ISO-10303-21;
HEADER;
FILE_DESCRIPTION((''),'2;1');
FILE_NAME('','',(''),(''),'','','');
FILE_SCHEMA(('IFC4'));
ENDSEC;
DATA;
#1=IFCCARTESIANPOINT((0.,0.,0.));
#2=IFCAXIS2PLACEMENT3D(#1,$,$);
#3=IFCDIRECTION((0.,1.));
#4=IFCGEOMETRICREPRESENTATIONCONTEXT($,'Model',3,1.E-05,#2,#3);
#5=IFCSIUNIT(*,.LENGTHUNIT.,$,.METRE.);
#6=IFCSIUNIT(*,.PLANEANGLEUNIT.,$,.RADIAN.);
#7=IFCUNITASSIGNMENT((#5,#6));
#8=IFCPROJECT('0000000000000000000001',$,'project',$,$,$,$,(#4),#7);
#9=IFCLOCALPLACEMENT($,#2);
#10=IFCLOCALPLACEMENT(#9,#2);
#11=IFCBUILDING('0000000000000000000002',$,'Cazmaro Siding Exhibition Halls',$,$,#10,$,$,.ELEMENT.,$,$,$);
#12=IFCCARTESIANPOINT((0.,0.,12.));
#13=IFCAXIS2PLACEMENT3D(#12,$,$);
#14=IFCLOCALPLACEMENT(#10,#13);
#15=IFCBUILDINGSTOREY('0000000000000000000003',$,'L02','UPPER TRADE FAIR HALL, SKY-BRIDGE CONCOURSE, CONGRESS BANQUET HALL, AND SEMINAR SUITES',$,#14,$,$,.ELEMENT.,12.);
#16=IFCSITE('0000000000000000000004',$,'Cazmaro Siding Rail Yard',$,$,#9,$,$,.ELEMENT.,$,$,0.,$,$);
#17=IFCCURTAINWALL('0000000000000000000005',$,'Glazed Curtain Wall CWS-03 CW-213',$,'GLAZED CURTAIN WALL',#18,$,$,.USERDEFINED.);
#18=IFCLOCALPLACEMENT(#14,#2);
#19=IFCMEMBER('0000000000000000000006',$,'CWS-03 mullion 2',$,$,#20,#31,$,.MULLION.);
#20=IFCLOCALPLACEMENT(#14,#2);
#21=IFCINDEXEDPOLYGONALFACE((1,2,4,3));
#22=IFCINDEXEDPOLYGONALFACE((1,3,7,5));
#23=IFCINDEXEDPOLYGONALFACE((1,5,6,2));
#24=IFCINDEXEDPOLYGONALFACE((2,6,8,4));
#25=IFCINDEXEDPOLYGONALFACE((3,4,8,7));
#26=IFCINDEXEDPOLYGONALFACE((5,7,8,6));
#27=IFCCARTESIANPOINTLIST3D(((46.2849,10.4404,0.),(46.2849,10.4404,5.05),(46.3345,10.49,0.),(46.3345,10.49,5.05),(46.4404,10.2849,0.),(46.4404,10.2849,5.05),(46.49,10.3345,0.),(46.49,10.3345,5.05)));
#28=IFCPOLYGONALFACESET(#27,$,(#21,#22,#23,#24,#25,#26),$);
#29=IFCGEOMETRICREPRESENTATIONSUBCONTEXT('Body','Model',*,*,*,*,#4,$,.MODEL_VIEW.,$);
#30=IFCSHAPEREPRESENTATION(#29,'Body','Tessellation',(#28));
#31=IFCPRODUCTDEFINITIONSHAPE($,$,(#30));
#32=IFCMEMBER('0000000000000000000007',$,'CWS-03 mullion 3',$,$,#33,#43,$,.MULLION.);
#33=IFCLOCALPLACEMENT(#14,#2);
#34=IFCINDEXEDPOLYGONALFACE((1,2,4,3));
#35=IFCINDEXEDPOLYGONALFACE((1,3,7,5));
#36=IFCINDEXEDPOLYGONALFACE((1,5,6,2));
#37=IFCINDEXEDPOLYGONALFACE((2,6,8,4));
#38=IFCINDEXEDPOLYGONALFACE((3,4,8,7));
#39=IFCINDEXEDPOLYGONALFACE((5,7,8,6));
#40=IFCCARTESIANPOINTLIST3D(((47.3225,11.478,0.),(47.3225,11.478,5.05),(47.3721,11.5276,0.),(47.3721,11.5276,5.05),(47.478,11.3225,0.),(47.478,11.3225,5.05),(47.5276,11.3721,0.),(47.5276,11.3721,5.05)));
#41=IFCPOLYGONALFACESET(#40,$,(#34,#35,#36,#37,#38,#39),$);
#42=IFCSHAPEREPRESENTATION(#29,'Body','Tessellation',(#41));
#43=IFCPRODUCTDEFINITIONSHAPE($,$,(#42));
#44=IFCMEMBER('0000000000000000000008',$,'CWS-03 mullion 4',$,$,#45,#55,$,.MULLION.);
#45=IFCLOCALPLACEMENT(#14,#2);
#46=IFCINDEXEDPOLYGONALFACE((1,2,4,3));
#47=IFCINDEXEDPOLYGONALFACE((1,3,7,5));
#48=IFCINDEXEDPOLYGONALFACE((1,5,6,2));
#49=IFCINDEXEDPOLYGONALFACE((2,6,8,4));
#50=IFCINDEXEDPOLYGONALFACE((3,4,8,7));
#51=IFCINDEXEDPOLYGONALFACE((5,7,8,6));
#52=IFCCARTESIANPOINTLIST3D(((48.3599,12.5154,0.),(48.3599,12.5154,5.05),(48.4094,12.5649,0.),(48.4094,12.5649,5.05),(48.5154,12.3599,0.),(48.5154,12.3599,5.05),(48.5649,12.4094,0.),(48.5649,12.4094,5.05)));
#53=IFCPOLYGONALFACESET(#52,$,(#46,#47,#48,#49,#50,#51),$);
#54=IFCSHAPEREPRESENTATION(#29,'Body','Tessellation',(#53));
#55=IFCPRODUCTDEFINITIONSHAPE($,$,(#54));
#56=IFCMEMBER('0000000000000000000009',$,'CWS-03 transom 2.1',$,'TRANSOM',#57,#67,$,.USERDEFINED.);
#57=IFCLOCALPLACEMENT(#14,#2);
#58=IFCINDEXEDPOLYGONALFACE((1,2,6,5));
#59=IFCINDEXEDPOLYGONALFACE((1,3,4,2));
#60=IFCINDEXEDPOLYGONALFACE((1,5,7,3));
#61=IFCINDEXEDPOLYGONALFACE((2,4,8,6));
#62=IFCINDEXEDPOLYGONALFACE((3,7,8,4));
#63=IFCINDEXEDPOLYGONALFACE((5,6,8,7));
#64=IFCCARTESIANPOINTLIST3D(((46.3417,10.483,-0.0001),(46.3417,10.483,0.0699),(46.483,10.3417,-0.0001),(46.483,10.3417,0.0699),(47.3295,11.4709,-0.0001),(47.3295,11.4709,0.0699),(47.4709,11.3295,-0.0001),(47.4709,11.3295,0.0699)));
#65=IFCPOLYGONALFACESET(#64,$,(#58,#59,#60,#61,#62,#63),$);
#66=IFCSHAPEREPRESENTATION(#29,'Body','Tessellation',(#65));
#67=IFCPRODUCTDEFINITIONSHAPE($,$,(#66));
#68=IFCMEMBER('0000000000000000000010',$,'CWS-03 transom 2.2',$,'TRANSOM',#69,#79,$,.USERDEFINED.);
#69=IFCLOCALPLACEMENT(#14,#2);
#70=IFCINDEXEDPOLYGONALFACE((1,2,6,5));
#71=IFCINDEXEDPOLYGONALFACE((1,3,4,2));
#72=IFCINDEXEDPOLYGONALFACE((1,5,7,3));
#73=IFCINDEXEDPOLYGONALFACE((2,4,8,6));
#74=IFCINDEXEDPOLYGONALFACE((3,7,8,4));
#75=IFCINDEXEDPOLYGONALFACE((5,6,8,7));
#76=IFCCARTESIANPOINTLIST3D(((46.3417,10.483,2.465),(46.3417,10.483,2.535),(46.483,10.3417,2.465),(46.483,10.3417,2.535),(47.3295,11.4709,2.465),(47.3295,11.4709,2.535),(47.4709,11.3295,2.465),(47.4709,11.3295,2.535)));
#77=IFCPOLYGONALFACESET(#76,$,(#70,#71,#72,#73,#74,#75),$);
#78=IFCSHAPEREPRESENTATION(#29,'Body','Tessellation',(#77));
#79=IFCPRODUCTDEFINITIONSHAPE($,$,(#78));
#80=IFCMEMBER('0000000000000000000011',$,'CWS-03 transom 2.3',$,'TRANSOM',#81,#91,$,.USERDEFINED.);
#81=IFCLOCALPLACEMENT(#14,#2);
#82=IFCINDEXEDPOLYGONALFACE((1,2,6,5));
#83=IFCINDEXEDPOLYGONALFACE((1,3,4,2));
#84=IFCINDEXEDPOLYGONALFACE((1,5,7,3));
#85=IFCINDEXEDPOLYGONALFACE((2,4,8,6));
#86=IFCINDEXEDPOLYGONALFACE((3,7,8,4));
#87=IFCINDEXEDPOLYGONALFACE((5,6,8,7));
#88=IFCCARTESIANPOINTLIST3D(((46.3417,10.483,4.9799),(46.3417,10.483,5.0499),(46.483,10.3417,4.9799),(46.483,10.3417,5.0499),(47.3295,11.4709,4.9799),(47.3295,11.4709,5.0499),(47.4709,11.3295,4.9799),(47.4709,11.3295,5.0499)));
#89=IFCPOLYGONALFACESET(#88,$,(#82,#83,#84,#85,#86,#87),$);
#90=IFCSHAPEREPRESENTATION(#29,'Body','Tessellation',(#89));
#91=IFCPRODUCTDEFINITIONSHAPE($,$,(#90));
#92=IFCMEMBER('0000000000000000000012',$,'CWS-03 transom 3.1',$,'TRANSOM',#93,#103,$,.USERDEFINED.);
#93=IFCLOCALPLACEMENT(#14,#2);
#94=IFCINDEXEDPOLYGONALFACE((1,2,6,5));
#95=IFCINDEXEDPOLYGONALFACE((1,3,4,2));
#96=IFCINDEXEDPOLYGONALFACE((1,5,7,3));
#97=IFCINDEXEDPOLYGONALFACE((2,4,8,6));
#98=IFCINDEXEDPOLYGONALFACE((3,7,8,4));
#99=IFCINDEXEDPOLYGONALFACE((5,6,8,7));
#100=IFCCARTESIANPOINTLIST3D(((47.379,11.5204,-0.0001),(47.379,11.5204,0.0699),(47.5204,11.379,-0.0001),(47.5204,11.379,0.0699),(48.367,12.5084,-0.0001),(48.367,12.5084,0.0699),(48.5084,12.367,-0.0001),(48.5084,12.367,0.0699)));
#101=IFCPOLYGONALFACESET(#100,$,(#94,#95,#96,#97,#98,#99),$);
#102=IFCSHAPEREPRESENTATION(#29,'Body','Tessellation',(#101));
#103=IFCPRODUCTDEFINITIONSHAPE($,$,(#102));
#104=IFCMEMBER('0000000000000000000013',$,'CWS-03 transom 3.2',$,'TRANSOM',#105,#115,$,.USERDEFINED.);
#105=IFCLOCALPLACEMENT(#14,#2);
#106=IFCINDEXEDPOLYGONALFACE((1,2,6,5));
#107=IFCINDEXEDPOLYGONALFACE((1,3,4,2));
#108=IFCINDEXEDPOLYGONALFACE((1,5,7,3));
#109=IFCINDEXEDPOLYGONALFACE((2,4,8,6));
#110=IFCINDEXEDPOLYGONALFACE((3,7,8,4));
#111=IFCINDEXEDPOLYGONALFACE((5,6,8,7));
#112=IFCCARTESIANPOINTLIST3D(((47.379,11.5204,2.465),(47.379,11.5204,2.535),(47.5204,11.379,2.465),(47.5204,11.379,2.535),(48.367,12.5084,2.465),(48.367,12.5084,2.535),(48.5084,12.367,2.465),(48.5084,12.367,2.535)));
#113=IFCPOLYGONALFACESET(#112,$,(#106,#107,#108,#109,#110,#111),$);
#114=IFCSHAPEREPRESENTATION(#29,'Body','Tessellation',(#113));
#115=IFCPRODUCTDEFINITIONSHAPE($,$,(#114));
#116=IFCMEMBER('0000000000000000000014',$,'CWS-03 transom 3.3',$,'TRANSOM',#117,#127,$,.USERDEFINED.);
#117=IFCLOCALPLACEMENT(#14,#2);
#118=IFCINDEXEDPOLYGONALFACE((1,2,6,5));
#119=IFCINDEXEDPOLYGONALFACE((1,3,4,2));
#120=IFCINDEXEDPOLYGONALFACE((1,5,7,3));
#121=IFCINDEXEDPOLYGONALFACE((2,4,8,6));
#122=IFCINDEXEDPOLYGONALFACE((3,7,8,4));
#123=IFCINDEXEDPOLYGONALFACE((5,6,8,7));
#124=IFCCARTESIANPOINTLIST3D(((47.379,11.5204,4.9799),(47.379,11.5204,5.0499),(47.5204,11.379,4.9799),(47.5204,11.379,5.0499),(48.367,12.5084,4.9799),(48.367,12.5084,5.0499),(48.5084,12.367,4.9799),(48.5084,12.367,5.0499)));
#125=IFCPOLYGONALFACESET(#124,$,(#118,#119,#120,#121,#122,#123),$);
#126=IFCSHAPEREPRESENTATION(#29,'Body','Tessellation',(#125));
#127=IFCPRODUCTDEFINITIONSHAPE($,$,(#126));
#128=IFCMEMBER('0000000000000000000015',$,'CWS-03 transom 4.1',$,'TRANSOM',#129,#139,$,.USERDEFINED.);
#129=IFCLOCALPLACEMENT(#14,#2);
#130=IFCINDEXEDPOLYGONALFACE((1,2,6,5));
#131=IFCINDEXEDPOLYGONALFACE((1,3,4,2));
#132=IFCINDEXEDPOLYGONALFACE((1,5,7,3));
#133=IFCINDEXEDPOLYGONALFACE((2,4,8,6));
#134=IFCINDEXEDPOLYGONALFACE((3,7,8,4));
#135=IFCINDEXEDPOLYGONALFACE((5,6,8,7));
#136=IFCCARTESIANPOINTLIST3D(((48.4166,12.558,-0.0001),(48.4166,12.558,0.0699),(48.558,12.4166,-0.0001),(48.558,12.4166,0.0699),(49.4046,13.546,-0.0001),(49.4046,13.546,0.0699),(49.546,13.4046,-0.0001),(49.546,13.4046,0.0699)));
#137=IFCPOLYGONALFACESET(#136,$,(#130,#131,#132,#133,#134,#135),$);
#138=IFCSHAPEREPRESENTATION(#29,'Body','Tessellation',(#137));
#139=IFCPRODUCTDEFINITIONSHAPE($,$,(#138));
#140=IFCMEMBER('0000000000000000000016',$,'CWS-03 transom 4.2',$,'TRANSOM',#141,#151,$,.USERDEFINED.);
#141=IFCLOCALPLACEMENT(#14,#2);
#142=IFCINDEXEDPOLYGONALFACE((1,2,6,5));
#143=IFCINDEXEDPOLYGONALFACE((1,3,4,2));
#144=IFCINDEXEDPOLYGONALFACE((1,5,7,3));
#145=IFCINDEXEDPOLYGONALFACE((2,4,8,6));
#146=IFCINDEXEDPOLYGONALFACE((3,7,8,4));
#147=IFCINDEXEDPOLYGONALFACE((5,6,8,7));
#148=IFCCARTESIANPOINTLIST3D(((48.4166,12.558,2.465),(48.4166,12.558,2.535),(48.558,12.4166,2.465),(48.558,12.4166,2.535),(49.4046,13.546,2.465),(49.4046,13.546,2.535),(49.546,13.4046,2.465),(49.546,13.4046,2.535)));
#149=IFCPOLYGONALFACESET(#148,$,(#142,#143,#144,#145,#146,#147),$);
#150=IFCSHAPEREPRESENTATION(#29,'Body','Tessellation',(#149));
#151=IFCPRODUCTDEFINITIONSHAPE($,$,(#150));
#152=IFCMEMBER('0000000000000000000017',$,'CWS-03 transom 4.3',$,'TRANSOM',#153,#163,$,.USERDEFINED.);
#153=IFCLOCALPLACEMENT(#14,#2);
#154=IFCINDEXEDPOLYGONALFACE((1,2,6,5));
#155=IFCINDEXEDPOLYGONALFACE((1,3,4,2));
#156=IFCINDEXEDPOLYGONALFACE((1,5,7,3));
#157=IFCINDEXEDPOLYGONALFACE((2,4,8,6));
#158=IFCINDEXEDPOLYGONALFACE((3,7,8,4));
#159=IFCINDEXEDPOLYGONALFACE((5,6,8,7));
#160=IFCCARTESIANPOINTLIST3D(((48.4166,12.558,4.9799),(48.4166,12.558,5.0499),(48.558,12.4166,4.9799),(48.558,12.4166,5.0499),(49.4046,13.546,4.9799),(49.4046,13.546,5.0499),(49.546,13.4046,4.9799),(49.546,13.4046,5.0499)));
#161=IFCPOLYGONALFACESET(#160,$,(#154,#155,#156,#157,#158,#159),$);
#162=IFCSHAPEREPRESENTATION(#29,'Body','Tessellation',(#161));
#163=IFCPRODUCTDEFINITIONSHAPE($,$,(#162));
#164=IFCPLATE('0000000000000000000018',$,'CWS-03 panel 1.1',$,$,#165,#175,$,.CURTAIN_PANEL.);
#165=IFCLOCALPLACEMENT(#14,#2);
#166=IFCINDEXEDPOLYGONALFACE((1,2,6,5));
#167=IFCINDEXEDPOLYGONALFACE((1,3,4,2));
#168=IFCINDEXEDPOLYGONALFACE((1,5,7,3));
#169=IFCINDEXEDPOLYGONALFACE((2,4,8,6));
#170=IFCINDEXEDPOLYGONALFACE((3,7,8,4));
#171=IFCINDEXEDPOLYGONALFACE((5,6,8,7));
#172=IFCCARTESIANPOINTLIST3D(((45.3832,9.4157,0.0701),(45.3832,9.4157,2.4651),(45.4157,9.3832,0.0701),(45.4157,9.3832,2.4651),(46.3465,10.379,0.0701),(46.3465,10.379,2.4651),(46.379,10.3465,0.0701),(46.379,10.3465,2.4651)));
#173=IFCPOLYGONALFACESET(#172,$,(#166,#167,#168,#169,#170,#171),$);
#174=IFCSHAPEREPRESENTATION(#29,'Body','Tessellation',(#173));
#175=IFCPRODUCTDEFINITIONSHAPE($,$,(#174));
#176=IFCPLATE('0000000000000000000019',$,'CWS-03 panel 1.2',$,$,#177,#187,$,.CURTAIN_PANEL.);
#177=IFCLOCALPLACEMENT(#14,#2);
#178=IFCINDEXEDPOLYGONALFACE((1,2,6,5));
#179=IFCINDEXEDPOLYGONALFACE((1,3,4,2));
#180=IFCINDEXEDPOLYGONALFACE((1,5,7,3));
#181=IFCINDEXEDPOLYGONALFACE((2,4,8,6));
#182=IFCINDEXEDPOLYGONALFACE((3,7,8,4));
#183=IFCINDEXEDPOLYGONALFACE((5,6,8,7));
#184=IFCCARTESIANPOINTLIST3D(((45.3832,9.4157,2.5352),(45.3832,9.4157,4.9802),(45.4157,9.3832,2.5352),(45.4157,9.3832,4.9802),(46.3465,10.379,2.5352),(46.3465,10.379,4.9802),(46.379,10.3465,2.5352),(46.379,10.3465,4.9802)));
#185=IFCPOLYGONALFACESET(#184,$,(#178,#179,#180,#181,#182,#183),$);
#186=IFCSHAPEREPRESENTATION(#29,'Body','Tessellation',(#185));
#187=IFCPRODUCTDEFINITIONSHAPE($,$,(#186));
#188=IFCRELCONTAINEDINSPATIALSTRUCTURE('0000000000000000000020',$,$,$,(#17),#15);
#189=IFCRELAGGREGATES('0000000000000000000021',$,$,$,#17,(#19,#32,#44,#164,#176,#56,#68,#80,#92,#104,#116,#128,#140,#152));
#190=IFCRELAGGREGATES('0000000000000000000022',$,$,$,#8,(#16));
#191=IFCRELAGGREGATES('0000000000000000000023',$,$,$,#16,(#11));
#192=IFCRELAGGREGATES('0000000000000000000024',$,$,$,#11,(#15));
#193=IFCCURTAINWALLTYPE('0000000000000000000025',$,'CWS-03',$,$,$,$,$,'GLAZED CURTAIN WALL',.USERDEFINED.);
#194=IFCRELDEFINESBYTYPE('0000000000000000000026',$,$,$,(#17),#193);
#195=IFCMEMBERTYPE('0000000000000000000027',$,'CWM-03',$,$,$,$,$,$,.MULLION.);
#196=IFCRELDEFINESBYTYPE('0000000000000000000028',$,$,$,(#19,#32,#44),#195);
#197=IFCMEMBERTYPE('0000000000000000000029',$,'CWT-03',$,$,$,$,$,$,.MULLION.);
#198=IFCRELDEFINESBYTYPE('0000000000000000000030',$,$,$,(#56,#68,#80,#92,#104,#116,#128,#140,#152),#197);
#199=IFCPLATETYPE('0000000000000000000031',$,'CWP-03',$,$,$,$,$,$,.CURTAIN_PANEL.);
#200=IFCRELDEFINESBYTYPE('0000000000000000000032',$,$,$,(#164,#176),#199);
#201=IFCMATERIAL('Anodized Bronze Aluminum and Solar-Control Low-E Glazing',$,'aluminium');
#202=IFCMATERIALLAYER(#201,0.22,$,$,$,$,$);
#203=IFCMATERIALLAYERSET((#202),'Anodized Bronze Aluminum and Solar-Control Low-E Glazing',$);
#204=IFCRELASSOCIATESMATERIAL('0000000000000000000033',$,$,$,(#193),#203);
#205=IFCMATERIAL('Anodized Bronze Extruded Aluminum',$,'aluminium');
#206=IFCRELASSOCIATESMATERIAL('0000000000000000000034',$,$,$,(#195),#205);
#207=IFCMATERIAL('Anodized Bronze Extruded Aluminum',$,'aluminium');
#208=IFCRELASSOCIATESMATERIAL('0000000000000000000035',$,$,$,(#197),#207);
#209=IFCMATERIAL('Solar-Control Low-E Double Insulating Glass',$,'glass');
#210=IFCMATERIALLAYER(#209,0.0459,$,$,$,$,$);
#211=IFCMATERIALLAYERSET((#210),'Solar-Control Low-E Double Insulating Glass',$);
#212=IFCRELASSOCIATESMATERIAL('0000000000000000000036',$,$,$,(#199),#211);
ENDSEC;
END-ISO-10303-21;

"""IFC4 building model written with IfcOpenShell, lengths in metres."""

from ifc_helpers import new_model, si_unit, direction, frame, origin, origin_2d, place, context, subcontext, project, spatial, rectangle, extrude, material, layer, layer_set, material_profile, profile_set, type_object, element, aggregate, save


model = new_model("IFC4")

# Units and contexts
model_context = context("Model", 3, precision=1e-05, world=origin(), true_north=direction((0.0, 1.0)))
body_context = subcontext(model_context, "Body", "Model", "MODEL_VIEW")
ifc_project = project(units=[si_unit("LENGTHUNIT", "METRE"), si_unit("PLANEANGLEUNIT", "RADIAN")], contexts=[model_context])

# Site, building, storey
site_placement = place(None, origin())
site = spatial("IfcSite", under=ifc_project, at=site_placement, Name="Cazmaro Siding Rail Yard", CompositionType="ELEMENT", RefElevation=0.0)
building_placement = place(site_placement, origin())
building = spatial("IfcBuilding", under=site, at=building_placement, Name="Cazmaro Siding Exhibition Halls", CompositionType="ELEMENT")
storey_placement = place(building_placement, frame((0.0, 0.0, 12.0)))
storey = spatial("IfcBuildingStorey", under=building, at=storey_placement, Name="L02", Description="UPPER TRADE FAIR HALL, SKY-BRIDGE CONCOURSE, CONGRESS BANQUET HALL, AND SEMINAR SUITES", CompositionType="ELEMENT", Elevation=12.0)

# Curtain wall, members, plates
ifc_material_1 = material(Name="Anodized Bronze Aluminum and Solar-Control Low-E Glazing", Category="aluminium")
ifc_layer_1 = layer(ifc_material_1, 0.22)
ifc_layer_set_1 = layer_set([ifc_layer_1], Name="Anodized Bronze Aluminum and Solar-Control Low-E Glazing")
curtain_wall_type = type_object("IfcCurtainWallType", Name="CWS-03", ElementType="GLAZED CURTAIN WALL", PredefinedType="USERDEFINED", material=ifc_layer_set_1)
curtain_wall_placement = place(storey_placement, origin())
curtain_wall = element("IfcCurtainWall", 1, at=curtain_wall_placement, inside=storey, type_object=curtain_wall_type, Name="Glazed Curtain Wall CWS-03 CW-213", ObjectType="GLAZED CURTAIN WALL", PredefinedType="USERDEFINED")
ifc_material_2 = material(Name="Anodized Bronze Extruded Aluminum", Category="aluminium")
ifc_material_profile_1 = material_profile(ifc_material_2, rectangle(XDim=0.22, YDim=0.0701, at=origin_2d()), Name="CWM-03")
ifc_profile_set_1 = profile_set([ifc_material_profile_1], Name="Anodized Bronze Extruded Aluminum")
member_type_1 = type_object("IfcMemberType", Name="CWM-03", PredefinedType="MULLION", material=ifc_profile_set_1)
member_1_placement = place(storey_placement, frame((46.3875, 10.3875, 0.0), z_axis=(0.0, 0.0, 1.0), x_axis=(-0.707107, 0.707107, 0.0)))
member_1 = element("IfcMember", 2, at=member_1_placement, type_object=member_type_1, Name="CWS-03 mullion 2", PredefinedType="MULLION", context=body_context, shape_type="SweptSolid", body=[
    extrude(rectangle(XDim=0.22, YDim=0.0701, at=origin_2d()), origin(), (0.0, 0.0, 1.0), 5.05),
])
member_2_placement = place(storey_placement, frame((47.425, 11.425, 0.0), z_axis=(0.0, 0.0, 1.0), x_axis=(-0.707107, 0.707107, 0.0)))
member_2 = element("IfcMember", 3, at=member_2_placement, type_object=member_type_1, Name="CWS-03 mullion 3", PredefinedType="MULLION", context=body_context, shape_type="SweptSolid", body=[
    extrude(rectangle(XDim=0.22, YDim=0.0701, at=origin_2d()), origin(), (0.0, 0.0, 1.0), 5.05),
])
member_3_placement = place(storey_placement, frame((48.4624, 12.4624, 0.0), z_axis=(0.0, 0.0, 1.0), x_axis=(-0.707107, 0.707107, 0.0)))
member_3 = element("IfcMember", 4, at=member_3_placement, type_object=member_type_1, Name="CWS-03 mullion 4", PredefinedType="MULLION", context=body_context, shape_type="SweptSolid", body=[
    extrude(rectangle(XDim=0.22, YDim=0.0701, at=origin_2d()), origin(), (0.0, 0.0, 1.0), 5.05),
])
ifc_material_3 = material(Name="Anodized Bronze Extruded Aluminum", Category="aluminium")
ifc_material_profile_2 = material_profile(ifc_material_3, rectangle(XDim=0.2, YDim=0.0701, at=origin_2d()), Name="CWT-03")
ifc_profile_set_2 = profile_set([ifc_material_profile_2], Name="Anodized Bronze Extruded Aluminum")
member_type_2 = type_object("IfcMemberType", Name="CWT-03", PredefinedType="MULLION", material=ifc_profile_set_2)
member_4_placement = place(storey_placement, frame((46.4124, 10.4124, 0.0349), z_axis=(0.707107, 0.707107, 0.0), x_axis=(-0.707107, 0.707107, 0.0)))
member_4 = element("IfcMember", 5, at=member_4_placement, type_object=member_type_2, Name="CWS-03 transom 2.1", ObjectType="TRANSOM", PredefinedType="USERDEFINED", context=body_context, shape_type="SweptSolid", body=[
    extrude(rectangle(XDim=0.2, YDim=0.0701, at=origin_2d()), origin(), (0.0, 0.0, 1.0), 1.397),
])
member_5_placement = place(storey_placement, frame((46.4124, 10.4124, 2.5), z_axis=(0.707107, 0.707107, 0.0), x_axis=(-0.707107, 0.707107, 0.0)))
member_5 = element("IfcMember", 6, at=member_5_placement, type_object=member_type_2, Name="CWS-03 transom 2.2", ObjectType="TRANSOM", PredefinedType="USERDEFINED", context=body_context, shape_type="SweptSolid", body=[
    extrude(rectangle(XDim=0.2, YDim=0.0701, at=origin_2d()), origin(), (0.0, 0.0, 1.0), 1.397),
])
member_6_placement = place(storey_placement, frame((46.4124, 10.4124, 5.0149), z_axis=(0.707107, 0.707107, 0.0), x_axis=(-0.707107, 0.707107, 0.0)))
member_6 = element("IfcMember", 7, at=member_6_placement, type_object=member_type_2, Name="CWS-03 transom 2.3", ObjectType="TRANSOM", PredefinedType="USERDEFINED", context=body_context, shape_type="SweptSolid", body=[
    extrude(rectangle(XDim=0.2, YDim=0.0701, at=origin_2d()), origin(), (0.0, 0.0, 1.0), 1.397),
])
member_7_placement = place(storey_placement, frame((47.4497, 11.4497, 0.0349), z_axis=(0.707107, 0.707107, 0.0), x_axis=(-0.707107, 0.707107, 0.0)))
member_7 = element("IfcMember", 8, at=member_7_placement, type_object=member_type_2, Name="CWS-03 transom 3.1", ObjectType="TRANSOM", PredefinedType="USERDEFINED", context=body_context, shape_type="SweptSolid", body=[
    extrude(rectangle(XDim=0.2, YDim=0.0701, at=origin_2d()), origin(), (0.0, 0.0, 1.0), 1.3972),
])
member_8_placement = place(storey_placement, frame((47.4497, 11.4497, 2.5), z_axis=(0.707107, 0.707107, 0.0), x_axis=(-0.707107, 0.707107, 0.0)))
member_8 = element("IfcMember", 9, at=member_8_placement, type_object=member_type_2, Name="CWS-03 transom 3.2", ObjectType="TRANSOM", PredefinedType="USERDEFINED", context=body_context, shape_type="SweptSolid", body=[
    extrude(rectangle(XDim=0.2, YDim=0.0701, at=origin_2d()), origin(), (0.0, 0.0, 1.0), 1.3972),
])
member_9_placement = place(storey_placement, frame((47.4497, 11.4497, 5.0149), z_axis=(0.707107, 0.707107, 0.0), x_axis=(-0.707107, 0.707107, 0.0)))
member_9 = element("IfcMember", 10, at=member_9_placement, type_object=member_type_2, Name="CWS-03 transom 3.3", ObjectType="TRANSOM", PredefinedType="USERDEFINED", context=body_context, shape_type="SweptSolid", body=[
    extrude(rectangle(XDim=0.2, YDim=0.0701, at=origin_2d()), origin(), (0.0, 0.0, 1.0), 1.3972),
])
member_10_placement = place(storey_placement, frame((48.4873, 12.4873, 0.0349), z_axis=(0.707107, 0.707107, 0.0), x_axis=(-0.707107, 0.707107, 0.0)))
member_10 = element("IfcMember", 11, at=member_10_placement, type_object=member_type_2, Name="CWS-03 transom 4.1", ObjectType="TRANSOM", PredefinedType="USERDEFINED", context=body_context, shape_type="SweptSolid", body=[
    extrude(rectangle(XDim=0.2, YDim=0.0701, at=origin_2d()), origin(), (0.0, 0.0, 1.0), 1.3972),
])
member_11_placement = place(storey_placement, frame((48.4873, 12.4873, 2.5), z_axis=(0.707107, 0.707107, 0.0), x_axis=(-0.707107, 0.707107, 0.0)))
member_11 = element("IfcMember", 12, at=member_11_placement, type_object=member_type_2, Name="CWS-03 transom 4.2", ObjectType="TRANSOM", PredefinedType="USERDEFINED", context=body_context, shape_type="SweptSolid", body=[
    extrude(rectangle(XDim=0.2, YDim=0.0701, at=origin_2d()), origin(), (0.0, 0.0, 1.0), 1.3972),
])
member_12_placement = place(storey_placement, frame((48.4873, 12.4873, 5.0149), z_axis=(0.707107, 0.707107, 0.0), x_axis=(-0.707107, 0.707107, 0.0)))
member_12 = element("IfcMember", 13, at=member_12_placement, type_object=member_type_2, Name="CWS-03 transom 4.3", ObjectType="TRANSOM", PredefinedType="USERDEFINED", context=body_context, shape_type="SweptSolid", body=[
    extrude(rectangle(XDim=0.2, YDim=0.0701, at=origin_2d()), origin(), (0.0, 0.0, 1.0), 1.3972),
])
ifc_material_4 = material(Name="Solar-Control Low-E Double Insulating Glass", Category="glass")
ifc_layer_2 = layer(ifc_material_4, 0.0459)
ifc_layer_set_2 = layer_set([ifc_layer_2], Name="Solar-Control Low-E Double Insulating Glass")
plate_type = type_object("IfcPlateType", Name="CWP-03", PredefinedType="CURTAIN_PANEL", material=ifc_layer_set_2)
plate_1_placement = place(storey_placement, frame((45.8811, 9.8811, 0.0701), z_axis=(0.0, 0.0, 1.0), x_axis=(0.707107, 0.707107, 0.0)))
plate_1 = element("IfcPlate", 14, at=plate_1_placement, type_object=plate_type, Name="CWS-03 panel 1.1", PredefinedType="CURTAIN_PANEL", context=body_context, shape_type="SweptSolid", body=[
    extrude(rectangle(XDim=1.3623, YDim=0.0459, at=origin_2d()), origin(), (0.0, 0.0, 1.0), 2.395),
])
plate_2_placement = place(storey_placement, frame((45.8811, 9.8811, 2.5352), z_axis=(0.0, 0.0, 1.0), x_axis=(0.707107, 0.707107, 0.0)))
plate_2 = element("IfcPlate", 15, at=plate_2_placement, type_object=plate_type, Name="CWS-03 panel 1.2", PredefinedType="CURTAIN_PANEL", context=body_context, shape_type="SweptSolid", body=[
    extrude(rectangle(XDim=1.3623, YDim=0.0459, at=origin_2d()), origin(), (0.0, 0.0, 1.0), 2.4451),
])
aggregate(curtain_wall, [member_1, member_2, member_3, plate_1, plate_2, member_4, member_5, member_6, member_7, member_8, member_9, member_10, member_11, member_12])

save(model, "model.ifc")
